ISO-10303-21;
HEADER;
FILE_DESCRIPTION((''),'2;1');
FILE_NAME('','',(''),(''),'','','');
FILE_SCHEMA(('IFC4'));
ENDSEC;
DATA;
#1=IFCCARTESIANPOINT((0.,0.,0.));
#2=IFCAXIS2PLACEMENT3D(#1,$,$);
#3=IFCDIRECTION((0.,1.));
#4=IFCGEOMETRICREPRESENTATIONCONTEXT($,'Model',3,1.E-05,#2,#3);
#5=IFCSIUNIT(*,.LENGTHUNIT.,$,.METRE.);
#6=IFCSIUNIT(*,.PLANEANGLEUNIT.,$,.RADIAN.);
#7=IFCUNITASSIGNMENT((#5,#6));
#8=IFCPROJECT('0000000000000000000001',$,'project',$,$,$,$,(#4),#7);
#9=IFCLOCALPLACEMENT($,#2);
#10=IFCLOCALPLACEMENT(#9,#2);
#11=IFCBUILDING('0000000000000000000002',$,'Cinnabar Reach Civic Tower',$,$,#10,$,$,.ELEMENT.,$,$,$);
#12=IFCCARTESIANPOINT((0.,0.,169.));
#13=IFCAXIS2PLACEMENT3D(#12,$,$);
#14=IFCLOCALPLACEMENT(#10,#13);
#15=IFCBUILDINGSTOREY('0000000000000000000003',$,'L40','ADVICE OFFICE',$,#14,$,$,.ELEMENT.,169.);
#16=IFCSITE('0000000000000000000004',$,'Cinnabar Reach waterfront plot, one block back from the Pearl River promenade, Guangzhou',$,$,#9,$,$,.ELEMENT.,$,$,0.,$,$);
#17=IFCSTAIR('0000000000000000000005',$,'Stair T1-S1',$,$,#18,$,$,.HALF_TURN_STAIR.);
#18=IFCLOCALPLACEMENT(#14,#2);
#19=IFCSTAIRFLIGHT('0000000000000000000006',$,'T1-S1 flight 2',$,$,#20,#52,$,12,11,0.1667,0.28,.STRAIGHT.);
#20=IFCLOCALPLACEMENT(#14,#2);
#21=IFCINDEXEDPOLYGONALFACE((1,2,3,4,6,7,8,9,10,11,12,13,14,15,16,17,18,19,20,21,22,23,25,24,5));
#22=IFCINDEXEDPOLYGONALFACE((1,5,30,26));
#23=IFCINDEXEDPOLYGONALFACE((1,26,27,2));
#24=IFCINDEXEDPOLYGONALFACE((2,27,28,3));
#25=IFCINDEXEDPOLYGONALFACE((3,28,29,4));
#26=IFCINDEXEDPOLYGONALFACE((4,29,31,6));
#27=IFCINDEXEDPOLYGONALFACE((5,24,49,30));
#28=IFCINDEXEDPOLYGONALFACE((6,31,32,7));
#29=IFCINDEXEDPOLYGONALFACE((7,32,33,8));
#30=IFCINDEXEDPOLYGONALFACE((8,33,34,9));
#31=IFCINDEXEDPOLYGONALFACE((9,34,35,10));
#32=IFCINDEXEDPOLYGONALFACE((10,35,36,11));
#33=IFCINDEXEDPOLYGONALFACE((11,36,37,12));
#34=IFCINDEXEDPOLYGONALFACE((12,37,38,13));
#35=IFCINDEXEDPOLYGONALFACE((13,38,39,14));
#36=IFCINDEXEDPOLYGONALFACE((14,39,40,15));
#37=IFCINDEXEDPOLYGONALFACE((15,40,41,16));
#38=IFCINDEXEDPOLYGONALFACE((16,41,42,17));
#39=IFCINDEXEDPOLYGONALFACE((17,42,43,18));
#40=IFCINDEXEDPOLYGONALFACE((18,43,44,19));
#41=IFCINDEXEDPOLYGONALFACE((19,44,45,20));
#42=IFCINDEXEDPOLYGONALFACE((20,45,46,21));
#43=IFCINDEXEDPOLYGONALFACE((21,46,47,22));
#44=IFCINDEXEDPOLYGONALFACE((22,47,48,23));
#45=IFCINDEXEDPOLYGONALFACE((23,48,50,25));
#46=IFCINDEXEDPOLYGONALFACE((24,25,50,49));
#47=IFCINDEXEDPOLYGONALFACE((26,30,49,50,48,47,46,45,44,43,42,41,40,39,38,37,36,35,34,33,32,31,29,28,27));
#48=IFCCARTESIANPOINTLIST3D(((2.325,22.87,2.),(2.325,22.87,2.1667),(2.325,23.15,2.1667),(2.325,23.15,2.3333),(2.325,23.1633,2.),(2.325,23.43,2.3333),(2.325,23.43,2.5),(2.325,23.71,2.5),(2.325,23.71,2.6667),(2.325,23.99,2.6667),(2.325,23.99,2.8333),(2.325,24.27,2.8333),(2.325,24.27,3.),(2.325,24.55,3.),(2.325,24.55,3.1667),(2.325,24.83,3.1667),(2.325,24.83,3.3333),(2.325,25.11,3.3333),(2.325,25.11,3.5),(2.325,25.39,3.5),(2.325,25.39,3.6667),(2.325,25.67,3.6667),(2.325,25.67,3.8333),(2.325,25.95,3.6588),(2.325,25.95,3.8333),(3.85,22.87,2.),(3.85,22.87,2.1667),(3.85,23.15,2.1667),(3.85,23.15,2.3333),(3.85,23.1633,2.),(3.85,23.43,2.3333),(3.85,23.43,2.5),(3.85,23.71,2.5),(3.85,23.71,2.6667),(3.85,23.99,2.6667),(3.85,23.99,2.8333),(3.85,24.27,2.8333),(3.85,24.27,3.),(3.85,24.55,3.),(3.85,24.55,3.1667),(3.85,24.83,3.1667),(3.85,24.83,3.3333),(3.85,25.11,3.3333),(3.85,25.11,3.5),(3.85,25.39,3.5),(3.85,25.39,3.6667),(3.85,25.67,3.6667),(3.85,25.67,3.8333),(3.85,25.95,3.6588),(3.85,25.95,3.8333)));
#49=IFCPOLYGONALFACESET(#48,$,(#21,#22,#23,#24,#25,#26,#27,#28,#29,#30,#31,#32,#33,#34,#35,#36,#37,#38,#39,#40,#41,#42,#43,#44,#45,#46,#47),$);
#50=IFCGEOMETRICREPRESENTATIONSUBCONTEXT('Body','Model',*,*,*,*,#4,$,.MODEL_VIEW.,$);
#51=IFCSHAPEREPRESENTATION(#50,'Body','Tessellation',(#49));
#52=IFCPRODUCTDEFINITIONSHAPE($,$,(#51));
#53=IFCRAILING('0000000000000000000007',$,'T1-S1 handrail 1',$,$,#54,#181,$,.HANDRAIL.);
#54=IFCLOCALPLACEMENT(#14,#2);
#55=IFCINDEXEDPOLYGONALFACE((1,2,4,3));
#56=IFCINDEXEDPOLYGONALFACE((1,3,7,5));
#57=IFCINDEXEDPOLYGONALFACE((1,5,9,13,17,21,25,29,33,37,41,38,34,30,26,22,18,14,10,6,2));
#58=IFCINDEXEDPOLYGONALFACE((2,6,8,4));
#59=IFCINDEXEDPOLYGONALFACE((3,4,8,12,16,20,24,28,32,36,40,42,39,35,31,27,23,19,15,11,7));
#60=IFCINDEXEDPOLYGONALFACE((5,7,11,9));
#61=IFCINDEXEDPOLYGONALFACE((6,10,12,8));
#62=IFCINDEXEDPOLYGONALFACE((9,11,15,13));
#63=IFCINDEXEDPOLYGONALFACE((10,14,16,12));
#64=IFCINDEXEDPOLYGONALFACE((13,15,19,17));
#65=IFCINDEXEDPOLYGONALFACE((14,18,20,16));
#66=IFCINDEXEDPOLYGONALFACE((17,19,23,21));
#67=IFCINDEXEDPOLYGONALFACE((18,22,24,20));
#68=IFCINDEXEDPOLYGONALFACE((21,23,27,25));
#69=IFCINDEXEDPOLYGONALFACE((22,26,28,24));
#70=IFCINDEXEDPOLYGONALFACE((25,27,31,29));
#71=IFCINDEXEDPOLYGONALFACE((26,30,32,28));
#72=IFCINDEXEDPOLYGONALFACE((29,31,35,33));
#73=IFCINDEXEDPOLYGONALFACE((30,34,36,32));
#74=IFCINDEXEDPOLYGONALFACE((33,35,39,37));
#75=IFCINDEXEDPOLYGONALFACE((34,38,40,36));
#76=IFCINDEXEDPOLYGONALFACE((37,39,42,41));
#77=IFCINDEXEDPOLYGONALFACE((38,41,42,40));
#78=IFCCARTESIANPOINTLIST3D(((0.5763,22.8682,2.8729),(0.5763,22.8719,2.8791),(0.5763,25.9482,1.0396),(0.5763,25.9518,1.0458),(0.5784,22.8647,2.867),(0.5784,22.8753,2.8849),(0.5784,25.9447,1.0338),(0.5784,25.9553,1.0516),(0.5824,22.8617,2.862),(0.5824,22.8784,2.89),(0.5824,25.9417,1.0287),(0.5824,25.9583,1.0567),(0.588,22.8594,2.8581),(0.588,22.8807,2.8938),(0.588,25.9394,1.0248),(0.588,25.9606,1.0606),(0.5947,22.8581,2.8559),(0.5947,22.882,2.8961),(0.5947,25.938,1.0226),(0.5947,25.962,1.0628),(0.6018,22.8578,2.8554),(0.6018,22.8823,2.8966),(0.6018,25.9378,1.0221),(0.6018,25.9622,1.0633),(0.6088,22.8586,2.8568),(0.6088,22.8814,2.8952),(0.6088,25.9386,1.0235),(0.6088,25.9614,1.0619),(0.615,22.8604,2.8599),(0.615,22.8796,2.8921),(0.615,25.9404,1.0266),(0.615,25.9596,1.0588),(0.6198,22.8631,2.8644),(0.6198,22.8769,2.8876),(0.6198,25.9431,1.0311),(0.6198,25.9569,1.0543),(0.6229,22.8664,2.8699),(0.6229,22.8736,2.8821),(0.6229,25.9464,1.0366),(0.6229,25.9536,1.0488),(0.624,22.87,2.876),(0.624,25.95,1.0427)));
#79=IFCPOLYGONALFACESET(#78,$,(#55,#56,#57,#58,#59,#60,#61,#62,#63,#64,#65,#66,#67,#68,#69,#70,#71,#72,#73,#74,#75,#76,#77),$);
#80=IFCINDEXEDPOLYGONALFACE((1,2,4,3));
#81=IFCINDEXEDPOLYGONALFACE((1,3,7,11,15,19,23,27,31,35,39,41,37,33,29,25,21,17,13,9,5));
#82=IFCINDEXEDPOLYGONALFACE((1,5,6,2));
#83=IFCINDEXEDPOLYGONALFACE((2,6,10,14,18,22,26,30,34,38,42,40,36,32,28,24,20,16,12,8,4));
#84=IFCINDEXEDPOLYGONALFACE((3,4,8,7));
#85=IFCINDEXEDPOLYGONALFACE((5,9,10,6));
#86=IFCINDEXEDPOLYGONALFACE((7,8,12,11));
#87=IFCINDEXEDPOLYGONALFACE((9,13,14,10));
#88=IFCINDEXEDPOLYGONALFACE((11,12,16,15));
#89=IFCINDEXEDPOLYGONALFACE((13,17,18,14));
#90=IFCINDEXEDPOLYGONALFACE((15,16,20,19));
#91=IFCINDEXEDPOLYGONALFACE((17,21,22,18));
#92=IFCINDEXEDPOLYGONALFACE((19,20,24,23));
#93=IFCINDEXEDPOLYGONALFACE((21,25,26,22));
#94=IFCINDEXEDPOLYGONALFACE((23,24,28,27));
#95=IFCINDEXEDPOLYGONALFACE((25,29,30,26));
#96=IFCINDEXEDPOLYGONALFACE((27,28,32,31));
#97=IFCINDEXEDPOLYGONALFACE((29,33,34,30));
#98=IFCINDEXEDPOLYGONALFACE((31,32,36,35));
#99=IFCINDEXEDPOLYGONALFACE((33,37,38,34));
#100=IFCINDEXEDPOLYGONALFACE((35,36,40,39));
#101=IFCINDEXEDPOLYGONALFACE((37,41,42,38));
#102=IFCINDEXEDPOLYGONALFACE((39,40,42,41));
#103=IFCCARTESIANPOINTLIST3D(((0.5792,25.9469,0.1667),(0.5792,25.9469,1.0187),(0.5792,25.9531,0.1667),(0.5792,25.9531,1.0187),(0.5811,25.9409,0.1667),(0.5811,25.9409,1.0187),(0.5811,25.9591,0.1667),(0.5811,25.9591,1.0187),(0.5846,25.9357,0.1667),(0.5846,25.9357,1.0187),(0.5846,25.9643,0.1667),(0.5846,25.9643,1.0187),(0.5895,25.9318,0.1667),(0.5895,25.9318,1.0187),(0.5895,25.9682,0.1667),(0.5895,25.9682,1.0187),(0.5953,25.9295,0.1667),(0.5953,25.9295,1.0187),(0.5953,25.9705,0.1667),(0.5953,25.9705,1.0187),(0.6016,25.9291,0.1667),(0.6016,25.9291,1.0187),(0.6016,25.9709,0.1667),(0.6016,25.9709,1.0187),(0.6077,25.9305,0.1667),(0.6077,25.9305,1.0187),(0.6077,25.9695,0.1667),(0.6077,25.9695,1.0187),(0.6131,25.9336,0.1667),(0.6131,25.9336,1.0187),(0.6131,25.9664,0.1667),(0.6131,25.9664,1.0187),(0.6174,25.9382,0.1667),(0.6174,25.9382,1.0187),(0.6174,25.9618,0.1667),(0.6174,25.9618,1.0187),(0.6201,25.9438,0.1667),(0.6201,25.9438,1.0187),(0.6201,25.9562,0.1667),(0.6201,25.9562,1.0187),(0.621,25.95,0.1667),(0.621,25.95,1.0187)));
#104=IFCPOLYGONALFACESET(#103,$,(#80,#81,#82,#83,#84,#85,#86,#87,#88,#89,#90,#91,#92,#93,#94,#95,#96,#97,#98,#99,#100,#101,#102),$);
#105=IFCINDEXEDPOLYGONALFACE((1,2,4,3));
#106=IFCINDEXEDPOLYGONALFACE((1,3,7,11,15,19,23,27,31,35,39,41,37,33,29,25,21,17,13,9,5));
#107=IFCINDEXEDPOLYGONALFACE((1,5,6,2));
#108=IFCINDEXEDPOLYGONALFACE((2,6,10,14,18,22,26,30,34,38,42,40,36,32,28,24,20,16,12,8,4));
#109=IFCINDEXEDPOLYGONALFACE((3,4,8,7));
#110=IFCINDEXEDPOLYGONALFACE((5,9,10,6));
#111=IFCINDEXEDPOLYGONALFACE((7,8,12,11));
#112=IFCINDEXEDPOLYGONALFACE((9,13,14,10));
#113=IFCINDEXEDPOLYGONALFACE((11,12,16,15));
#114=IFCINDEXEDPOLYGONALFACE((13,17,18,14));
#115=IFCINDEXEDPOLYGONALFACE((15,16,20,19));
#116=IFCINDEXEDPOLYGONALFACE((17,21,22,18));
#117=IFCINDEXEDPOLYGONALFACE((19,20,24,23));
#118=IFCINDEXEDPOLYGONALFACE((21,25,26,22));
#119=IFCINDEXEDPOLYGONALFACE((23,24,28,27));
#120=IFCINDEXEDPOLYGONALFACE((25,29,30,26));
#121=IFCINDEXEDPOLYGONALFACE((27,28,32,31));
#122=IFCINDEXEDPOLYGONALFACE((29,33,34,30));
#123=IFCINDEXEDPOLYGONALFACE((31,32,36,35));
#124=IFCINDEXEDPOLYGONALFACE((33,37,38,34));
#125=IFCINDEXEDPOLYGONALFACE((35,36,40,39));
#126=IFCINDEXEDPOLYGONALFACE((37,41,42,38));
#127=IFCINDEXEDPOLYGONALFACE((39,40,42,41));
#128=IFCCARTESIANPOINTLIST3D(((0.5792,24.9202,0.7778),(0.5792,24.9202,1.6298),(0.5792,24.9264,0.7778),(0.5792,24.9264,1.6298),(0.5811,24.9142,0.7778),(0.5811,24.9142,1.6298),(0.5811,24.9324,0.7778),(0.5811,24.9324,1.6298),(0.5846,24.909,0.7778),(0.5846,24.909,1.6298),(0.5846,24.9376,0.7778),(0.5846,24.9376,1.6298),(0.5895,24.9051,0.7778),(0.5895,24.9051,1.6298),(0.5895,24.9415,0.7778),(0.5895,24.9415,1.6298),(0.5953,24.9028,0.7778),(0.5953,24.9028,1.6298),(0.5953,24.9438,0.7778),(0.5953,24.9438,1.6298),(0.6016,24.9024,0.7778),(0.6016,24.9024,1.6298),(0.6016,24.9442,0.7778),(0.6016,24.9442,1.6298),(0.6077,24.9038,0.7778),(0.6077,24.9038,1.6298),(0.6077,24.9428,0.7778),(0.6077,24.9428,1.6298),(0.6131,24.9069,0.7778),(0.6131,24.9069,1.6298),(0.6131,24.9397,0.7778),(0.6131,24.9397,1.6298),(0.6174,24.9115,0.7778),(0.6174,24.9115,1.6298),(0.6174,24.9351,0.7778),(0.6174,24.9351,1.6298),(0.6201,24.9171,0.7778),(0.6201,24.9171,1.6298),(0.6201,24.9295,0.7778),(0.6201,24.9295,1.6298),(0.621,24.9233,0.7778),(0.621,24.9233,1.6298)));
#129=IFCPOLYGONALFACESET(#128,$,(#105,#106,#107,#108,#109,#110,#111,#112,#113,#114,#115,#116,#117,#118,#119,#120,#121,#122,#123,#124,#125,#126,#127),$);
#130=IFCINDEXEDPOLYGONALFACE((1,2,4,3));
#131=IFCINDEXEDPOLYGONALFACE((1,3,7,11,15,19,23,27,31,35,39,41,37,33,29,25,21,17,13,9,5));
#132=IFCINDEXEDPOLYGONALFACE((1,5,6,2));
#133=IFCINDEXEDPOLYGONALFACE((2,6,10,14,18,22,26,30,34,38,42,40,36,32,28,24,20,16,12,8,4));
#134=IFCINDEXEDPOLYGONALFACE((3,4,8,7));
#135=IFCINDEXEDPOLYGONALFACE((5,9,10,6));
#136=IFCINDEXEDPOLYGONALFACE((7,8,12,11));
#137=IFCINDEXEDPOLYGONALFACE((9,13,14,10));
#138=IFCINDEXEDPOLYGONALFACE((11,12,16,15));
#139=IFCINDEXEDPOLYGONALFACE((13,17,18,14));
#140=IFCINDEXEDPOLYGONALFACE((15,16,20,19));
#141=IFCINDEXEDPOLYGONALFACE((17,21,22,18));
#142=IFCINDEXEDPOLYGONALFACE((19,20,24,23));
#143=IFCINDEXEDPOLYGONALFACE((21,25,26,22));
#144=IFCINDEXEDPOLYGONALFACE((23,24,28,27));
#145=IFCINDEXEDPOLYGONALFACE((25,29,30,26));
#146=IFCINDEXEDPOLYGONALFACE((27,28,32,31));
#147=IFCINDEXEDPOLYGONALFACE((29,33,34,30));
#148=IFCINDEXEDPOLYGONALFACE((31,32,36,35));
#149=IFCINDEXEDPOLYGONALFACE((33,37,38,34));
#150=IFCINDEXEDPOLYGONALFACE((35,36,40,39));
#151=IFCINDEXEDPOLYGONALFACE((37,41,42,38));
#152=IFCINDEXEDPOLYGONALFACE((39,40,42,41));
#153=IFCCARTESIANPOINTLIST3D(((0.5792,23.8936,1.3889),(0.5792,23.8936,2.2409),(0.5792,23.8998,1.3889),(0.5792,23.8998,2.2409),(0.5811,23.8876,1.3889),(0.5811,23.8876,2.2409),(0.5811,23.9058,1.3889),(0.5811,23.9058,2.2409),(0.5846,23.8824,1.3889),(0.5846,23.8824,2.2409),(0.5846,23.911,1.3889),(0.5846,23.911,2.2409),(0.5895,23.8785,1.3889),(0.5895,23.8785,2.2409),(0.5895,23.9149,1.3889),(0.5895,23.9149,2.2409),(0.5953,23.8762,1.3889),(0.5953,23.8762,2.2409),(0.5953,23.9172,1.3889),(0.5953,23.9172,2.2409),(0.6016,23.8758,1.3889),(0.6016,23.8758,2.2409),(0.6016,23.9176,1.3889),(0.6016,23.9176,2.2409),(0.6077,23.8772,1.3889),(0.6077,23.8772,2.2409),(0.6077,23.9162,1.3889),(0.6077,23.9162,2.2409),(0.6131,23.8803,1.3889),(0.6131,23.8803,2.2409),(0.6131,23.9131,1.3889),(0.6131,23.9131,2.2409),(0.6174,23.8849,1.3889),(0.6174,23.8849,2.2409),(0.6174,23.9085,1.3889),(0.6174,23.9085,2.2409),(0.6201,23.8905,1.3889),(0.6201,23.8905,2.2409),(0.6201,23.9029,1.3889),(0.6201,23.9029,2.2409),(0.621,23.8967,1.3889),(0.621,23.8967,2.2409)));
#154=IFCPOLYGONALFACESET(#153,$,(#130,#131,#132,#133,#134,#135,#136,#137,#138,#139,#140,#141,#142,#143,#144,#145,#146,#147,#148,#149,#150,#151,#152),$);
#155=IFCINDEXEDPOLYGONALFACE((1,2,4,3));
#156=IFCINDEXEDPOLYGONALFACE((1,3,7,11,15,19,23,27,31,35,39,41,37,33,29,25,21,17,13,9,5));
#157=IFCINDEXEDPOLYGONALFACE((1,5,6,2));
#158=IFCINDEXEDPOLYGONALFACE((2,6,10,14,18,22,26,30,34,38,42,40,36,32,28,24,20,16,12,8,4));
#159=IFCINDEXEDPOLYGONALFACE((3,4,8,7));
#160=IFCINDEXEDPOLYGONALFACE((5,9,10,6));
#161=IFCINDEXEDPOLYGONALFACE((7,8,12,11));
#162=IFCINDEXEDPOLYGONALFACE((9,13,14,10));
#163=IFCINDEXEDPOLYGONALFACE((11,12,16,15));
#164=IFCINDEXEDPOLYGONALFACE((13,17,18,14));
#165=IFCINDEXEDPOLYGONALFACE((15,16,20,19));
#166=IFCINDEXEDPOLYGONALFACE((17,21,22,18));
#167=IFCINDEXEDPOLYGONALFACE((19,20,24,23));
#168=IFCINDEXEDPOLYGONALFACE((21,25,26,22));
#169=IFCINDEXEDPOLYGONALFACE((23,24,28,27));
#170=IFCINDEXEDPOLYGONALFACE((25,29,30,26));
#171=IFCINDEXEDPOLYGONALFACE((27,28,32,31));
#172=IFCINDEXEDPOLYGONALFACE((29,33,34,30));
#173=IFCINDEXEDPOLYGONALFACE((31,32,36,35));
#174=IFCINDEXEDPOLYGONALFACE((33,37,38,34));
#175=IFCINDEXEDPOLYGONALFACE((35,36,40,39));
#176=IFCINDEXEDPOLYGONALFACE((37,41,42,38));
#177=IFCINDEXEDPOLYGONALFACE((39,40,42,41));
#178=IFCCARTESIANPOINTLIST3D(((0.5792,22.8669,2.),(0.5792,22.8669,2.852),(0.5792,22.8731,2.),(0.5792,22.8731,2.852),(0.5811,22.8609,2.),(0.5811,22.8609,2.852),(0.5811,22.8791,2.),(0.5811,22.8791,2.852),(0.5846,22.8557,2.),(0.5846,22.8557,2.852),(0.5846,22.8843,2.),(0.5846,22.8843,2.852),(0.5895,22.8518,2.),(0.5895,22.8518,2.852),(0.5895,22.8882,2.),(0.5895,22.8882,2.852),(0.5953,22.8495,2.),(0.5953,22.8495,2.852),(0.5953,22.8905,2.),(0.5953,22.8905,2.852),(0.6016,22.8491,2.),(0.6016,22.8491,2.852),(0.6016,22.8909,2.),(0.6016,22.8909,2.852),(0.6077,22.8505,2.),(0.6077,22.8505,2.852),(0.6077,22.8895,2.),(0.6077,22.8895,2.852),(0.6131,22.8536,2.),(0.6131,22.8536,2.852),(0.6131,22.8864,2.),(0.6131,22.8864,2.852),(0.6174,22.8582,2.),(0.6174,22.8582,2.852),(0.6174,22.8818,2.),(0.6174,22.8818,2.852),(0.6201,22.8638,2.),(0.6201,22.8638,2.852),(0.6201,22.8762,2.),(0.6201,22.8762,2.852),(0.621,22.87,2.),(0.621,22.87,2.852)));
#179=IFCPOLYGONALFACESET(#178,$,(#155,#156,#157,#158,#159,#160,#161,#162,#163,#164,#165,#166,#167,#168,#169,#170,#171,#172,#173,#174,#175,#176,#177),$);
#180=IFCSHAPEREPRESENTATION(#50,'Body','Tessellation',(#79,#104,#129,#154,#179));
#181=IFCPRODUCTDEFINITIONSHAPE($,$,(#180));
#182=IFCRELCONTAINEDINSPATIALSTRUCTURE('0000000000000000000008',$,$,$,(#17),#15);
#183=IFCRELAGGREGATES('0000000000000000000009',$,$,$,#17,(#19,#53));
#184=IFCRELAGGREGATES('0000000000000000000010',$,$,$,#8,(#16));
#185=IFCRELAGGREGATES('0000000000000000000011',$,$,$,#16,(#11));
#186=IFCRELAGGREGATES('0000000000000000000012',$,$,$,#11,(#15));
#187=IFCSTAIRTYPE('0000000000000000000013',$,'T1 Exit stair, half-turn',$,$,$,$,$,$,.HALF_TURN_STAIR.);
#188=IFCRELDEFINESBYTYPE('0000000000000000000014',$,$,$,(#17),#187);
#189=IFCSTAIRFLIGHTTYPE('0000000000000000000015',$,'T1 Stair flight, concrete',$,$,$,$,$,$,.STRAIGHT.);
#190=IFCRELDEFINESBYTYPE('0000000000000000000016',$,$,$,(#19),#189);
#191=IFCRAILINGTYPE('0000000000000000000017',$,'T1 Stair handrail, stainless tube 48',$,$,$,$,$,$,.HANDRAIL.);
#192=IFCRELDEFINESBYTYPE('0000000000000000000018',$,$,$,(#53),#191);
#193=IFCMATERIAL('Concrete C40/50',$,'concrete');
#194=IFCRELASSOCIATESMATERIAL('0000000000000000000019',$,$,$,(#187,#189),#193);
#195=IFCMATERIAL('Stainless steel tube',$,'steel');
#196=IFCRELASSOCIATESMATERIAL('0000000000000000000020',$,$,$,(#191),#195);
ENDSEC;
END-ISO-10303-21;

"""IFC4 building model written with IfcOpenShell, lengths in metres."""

from ifc_helpers import new_model, si_unit, direction, frame, origin, origin_2d, place, context, subcontext, project, spatial, polyline, circle, outline, extrude, material, type_object, element, aggregate, save


model = new_model("IFC4")

# Units and contexts
model_context = context("Model", 3, precision=1e-05, world=origin(), true_north=direction((0.0, 1.0)))
body_context = subcontext(model_context, "Body", "Model", "MODEL_VIEW")
ifc_project = project(units=[si_unit("LENGTHUNIT", "METRE"), si_unit("PLANEANGLEUNIT", "RADIAN")], contexts=[model_context])

# Site, building, storey
site_placement = place(None, origin())
site = spatial("IfcSite", under=ifc_project, at=site_placement, Name="Cinnabar Reach waterfront plot, one block back from the Pearl River promenade, Guangzhou", CompositionType="ELEMENT", RefElevation=0.0)
building_placement = place(site_placement, origin())
building = spatial("IfcBuilding", under=site, at=building_placement, Name="Cinnabar Reach Civic Tower", CompositionType="ELEMENT")
storey_placement = place(building_placement, frame((0.0, 0.0, 169.0)))
storey = spatial("IfcBuildingStorey", under=building, at=storey_placement, Name="L40", Description="ADVICE OFFICE", CompositionType="ELEMENT", Elevation=169.0)

# Shared definitions
ifc_material_1 = material(Name="Concrete C40/50", Category="concrete")

# Stair, stair flight, railing
stair_type = type_object("IfcStairType", Name="T1 Exit stair, half-turn", PredefinedType="HALF_TURN_STAIR", material=ifc_material_1)
stair_placement = place(storey_placement, origin())
stair = element("IfcStair", 1, at=stair_placement, inside=storey, type_object=stair_type, Name="Stair T1-S1", PredefinedType="HALF_TURN_STAIR")
stair_flight_type = type_object("IfcStairFlightType", Name="T1 Stair flight, concrete", PredefinedType="STRAIGHT", material=ifc_material_1)
stair_flight_1_placement = place(storey_placement, frame((3.0875, 22.87, 2.0), z_axis=(0.0, 0.0, 1.0), x_axis=(0.0, 1.0, 0.0)))
stair_flight_1 = element("IfcStairFlight", 2, at=stair_flight_1_placement, type_object=stair_flight_type, Name="T1-S1 flight 2", NumberOfRisers=12, NumberOfTreads=11, PredefinedType="STRAIGHT", RiserHeight=0.1667, TreadLength=0.28, context=body_context, shape_type="SweptSolid", body=[
    extrude(outline(polyline([(0.0, 0.0), (0.0, 0.1667), (0.28, 0.1667), (0.28, 0.3333), (0.56, 0.3333), (0.56, 0.5), (0.84, 0.5), (0.84, 0.6667), (1.12, 0.6667), (1.12, 0.8333), (1.4, 0.8333), (1.4, 1.0), (1.68, 1.0), (1.68, 1.1667), (1.96, 1.1667), (1.96, 1.3333), (2.24, 1.3333), (2.24, 1.5), (2.52, 1.5), (2.52, 1.6667), (2.8, 1.6667), (2.8, 1.8333), (3.08, 1.8333), (3.08, 2.0), (3.08, 1.6588), (0.2933, 0.0), (0.0, 0.0)])), frame((0.0, 0.7625, 0.0), z_axis=(0.0, -1.0, 0.0), x_axis=(1.0, 0.0, 0.0)), (0.0, 0.0, 1.0), 1.525),
])
ifc_material_2 = material(Name="Stainless steel tube", Category="steel")
railing_type = type_object("IfcRailingType", Name="T1 Stair handrail, stainless tube 48", PredefinedType="HANDRAIL", material=ifc_material_2)
railing_1_placement = place(storey_placement, frame((0.6, 25.95, 0.1667)))
railing_1 = element("IfcRailing", 3, at=railing_1_placement, type_object=railing_type, Name="T1-S1 handrail 1", PredefinedType="HANDRAIL", context=body_context, shape_type="SweptSolid", body=[
    extrude(circle(Radius=0.024, at=origin_2d()), frame((0.0, 0.0, 0.876), z_axis=(0.0, -0.859297, 0.511477), x_axis=(1.0, 0.0, 0.0)), (0.0, 0.0, 1.0), 3.5843),
    extrude(circle(Radius=0.021, at=origin_2d()), origin(), (0.0, 0.0, 1.0), 0.852),
    extrude(circle(Radius=0.021, at=origin_2d()), frame((0.0, -1.0267, 0.6111)), (0.0, 0.0, 1.0), 0.852),
    extrude(circle(Radius=0.021, at=origin_2d()), frame((0.0, -2.0533, 1.2222)), (0.0, 0.0, 1.0), 0.852),
    extrude(circle(Radius=0.021, at=origin_2d()), frame((0.0, -3.08, 1.8333)), (0.0, 0.0, 1.0), 0.852),
])
aggregate(stair, [stair_flight_1, railing_1])

save(model, "model.ifc")
